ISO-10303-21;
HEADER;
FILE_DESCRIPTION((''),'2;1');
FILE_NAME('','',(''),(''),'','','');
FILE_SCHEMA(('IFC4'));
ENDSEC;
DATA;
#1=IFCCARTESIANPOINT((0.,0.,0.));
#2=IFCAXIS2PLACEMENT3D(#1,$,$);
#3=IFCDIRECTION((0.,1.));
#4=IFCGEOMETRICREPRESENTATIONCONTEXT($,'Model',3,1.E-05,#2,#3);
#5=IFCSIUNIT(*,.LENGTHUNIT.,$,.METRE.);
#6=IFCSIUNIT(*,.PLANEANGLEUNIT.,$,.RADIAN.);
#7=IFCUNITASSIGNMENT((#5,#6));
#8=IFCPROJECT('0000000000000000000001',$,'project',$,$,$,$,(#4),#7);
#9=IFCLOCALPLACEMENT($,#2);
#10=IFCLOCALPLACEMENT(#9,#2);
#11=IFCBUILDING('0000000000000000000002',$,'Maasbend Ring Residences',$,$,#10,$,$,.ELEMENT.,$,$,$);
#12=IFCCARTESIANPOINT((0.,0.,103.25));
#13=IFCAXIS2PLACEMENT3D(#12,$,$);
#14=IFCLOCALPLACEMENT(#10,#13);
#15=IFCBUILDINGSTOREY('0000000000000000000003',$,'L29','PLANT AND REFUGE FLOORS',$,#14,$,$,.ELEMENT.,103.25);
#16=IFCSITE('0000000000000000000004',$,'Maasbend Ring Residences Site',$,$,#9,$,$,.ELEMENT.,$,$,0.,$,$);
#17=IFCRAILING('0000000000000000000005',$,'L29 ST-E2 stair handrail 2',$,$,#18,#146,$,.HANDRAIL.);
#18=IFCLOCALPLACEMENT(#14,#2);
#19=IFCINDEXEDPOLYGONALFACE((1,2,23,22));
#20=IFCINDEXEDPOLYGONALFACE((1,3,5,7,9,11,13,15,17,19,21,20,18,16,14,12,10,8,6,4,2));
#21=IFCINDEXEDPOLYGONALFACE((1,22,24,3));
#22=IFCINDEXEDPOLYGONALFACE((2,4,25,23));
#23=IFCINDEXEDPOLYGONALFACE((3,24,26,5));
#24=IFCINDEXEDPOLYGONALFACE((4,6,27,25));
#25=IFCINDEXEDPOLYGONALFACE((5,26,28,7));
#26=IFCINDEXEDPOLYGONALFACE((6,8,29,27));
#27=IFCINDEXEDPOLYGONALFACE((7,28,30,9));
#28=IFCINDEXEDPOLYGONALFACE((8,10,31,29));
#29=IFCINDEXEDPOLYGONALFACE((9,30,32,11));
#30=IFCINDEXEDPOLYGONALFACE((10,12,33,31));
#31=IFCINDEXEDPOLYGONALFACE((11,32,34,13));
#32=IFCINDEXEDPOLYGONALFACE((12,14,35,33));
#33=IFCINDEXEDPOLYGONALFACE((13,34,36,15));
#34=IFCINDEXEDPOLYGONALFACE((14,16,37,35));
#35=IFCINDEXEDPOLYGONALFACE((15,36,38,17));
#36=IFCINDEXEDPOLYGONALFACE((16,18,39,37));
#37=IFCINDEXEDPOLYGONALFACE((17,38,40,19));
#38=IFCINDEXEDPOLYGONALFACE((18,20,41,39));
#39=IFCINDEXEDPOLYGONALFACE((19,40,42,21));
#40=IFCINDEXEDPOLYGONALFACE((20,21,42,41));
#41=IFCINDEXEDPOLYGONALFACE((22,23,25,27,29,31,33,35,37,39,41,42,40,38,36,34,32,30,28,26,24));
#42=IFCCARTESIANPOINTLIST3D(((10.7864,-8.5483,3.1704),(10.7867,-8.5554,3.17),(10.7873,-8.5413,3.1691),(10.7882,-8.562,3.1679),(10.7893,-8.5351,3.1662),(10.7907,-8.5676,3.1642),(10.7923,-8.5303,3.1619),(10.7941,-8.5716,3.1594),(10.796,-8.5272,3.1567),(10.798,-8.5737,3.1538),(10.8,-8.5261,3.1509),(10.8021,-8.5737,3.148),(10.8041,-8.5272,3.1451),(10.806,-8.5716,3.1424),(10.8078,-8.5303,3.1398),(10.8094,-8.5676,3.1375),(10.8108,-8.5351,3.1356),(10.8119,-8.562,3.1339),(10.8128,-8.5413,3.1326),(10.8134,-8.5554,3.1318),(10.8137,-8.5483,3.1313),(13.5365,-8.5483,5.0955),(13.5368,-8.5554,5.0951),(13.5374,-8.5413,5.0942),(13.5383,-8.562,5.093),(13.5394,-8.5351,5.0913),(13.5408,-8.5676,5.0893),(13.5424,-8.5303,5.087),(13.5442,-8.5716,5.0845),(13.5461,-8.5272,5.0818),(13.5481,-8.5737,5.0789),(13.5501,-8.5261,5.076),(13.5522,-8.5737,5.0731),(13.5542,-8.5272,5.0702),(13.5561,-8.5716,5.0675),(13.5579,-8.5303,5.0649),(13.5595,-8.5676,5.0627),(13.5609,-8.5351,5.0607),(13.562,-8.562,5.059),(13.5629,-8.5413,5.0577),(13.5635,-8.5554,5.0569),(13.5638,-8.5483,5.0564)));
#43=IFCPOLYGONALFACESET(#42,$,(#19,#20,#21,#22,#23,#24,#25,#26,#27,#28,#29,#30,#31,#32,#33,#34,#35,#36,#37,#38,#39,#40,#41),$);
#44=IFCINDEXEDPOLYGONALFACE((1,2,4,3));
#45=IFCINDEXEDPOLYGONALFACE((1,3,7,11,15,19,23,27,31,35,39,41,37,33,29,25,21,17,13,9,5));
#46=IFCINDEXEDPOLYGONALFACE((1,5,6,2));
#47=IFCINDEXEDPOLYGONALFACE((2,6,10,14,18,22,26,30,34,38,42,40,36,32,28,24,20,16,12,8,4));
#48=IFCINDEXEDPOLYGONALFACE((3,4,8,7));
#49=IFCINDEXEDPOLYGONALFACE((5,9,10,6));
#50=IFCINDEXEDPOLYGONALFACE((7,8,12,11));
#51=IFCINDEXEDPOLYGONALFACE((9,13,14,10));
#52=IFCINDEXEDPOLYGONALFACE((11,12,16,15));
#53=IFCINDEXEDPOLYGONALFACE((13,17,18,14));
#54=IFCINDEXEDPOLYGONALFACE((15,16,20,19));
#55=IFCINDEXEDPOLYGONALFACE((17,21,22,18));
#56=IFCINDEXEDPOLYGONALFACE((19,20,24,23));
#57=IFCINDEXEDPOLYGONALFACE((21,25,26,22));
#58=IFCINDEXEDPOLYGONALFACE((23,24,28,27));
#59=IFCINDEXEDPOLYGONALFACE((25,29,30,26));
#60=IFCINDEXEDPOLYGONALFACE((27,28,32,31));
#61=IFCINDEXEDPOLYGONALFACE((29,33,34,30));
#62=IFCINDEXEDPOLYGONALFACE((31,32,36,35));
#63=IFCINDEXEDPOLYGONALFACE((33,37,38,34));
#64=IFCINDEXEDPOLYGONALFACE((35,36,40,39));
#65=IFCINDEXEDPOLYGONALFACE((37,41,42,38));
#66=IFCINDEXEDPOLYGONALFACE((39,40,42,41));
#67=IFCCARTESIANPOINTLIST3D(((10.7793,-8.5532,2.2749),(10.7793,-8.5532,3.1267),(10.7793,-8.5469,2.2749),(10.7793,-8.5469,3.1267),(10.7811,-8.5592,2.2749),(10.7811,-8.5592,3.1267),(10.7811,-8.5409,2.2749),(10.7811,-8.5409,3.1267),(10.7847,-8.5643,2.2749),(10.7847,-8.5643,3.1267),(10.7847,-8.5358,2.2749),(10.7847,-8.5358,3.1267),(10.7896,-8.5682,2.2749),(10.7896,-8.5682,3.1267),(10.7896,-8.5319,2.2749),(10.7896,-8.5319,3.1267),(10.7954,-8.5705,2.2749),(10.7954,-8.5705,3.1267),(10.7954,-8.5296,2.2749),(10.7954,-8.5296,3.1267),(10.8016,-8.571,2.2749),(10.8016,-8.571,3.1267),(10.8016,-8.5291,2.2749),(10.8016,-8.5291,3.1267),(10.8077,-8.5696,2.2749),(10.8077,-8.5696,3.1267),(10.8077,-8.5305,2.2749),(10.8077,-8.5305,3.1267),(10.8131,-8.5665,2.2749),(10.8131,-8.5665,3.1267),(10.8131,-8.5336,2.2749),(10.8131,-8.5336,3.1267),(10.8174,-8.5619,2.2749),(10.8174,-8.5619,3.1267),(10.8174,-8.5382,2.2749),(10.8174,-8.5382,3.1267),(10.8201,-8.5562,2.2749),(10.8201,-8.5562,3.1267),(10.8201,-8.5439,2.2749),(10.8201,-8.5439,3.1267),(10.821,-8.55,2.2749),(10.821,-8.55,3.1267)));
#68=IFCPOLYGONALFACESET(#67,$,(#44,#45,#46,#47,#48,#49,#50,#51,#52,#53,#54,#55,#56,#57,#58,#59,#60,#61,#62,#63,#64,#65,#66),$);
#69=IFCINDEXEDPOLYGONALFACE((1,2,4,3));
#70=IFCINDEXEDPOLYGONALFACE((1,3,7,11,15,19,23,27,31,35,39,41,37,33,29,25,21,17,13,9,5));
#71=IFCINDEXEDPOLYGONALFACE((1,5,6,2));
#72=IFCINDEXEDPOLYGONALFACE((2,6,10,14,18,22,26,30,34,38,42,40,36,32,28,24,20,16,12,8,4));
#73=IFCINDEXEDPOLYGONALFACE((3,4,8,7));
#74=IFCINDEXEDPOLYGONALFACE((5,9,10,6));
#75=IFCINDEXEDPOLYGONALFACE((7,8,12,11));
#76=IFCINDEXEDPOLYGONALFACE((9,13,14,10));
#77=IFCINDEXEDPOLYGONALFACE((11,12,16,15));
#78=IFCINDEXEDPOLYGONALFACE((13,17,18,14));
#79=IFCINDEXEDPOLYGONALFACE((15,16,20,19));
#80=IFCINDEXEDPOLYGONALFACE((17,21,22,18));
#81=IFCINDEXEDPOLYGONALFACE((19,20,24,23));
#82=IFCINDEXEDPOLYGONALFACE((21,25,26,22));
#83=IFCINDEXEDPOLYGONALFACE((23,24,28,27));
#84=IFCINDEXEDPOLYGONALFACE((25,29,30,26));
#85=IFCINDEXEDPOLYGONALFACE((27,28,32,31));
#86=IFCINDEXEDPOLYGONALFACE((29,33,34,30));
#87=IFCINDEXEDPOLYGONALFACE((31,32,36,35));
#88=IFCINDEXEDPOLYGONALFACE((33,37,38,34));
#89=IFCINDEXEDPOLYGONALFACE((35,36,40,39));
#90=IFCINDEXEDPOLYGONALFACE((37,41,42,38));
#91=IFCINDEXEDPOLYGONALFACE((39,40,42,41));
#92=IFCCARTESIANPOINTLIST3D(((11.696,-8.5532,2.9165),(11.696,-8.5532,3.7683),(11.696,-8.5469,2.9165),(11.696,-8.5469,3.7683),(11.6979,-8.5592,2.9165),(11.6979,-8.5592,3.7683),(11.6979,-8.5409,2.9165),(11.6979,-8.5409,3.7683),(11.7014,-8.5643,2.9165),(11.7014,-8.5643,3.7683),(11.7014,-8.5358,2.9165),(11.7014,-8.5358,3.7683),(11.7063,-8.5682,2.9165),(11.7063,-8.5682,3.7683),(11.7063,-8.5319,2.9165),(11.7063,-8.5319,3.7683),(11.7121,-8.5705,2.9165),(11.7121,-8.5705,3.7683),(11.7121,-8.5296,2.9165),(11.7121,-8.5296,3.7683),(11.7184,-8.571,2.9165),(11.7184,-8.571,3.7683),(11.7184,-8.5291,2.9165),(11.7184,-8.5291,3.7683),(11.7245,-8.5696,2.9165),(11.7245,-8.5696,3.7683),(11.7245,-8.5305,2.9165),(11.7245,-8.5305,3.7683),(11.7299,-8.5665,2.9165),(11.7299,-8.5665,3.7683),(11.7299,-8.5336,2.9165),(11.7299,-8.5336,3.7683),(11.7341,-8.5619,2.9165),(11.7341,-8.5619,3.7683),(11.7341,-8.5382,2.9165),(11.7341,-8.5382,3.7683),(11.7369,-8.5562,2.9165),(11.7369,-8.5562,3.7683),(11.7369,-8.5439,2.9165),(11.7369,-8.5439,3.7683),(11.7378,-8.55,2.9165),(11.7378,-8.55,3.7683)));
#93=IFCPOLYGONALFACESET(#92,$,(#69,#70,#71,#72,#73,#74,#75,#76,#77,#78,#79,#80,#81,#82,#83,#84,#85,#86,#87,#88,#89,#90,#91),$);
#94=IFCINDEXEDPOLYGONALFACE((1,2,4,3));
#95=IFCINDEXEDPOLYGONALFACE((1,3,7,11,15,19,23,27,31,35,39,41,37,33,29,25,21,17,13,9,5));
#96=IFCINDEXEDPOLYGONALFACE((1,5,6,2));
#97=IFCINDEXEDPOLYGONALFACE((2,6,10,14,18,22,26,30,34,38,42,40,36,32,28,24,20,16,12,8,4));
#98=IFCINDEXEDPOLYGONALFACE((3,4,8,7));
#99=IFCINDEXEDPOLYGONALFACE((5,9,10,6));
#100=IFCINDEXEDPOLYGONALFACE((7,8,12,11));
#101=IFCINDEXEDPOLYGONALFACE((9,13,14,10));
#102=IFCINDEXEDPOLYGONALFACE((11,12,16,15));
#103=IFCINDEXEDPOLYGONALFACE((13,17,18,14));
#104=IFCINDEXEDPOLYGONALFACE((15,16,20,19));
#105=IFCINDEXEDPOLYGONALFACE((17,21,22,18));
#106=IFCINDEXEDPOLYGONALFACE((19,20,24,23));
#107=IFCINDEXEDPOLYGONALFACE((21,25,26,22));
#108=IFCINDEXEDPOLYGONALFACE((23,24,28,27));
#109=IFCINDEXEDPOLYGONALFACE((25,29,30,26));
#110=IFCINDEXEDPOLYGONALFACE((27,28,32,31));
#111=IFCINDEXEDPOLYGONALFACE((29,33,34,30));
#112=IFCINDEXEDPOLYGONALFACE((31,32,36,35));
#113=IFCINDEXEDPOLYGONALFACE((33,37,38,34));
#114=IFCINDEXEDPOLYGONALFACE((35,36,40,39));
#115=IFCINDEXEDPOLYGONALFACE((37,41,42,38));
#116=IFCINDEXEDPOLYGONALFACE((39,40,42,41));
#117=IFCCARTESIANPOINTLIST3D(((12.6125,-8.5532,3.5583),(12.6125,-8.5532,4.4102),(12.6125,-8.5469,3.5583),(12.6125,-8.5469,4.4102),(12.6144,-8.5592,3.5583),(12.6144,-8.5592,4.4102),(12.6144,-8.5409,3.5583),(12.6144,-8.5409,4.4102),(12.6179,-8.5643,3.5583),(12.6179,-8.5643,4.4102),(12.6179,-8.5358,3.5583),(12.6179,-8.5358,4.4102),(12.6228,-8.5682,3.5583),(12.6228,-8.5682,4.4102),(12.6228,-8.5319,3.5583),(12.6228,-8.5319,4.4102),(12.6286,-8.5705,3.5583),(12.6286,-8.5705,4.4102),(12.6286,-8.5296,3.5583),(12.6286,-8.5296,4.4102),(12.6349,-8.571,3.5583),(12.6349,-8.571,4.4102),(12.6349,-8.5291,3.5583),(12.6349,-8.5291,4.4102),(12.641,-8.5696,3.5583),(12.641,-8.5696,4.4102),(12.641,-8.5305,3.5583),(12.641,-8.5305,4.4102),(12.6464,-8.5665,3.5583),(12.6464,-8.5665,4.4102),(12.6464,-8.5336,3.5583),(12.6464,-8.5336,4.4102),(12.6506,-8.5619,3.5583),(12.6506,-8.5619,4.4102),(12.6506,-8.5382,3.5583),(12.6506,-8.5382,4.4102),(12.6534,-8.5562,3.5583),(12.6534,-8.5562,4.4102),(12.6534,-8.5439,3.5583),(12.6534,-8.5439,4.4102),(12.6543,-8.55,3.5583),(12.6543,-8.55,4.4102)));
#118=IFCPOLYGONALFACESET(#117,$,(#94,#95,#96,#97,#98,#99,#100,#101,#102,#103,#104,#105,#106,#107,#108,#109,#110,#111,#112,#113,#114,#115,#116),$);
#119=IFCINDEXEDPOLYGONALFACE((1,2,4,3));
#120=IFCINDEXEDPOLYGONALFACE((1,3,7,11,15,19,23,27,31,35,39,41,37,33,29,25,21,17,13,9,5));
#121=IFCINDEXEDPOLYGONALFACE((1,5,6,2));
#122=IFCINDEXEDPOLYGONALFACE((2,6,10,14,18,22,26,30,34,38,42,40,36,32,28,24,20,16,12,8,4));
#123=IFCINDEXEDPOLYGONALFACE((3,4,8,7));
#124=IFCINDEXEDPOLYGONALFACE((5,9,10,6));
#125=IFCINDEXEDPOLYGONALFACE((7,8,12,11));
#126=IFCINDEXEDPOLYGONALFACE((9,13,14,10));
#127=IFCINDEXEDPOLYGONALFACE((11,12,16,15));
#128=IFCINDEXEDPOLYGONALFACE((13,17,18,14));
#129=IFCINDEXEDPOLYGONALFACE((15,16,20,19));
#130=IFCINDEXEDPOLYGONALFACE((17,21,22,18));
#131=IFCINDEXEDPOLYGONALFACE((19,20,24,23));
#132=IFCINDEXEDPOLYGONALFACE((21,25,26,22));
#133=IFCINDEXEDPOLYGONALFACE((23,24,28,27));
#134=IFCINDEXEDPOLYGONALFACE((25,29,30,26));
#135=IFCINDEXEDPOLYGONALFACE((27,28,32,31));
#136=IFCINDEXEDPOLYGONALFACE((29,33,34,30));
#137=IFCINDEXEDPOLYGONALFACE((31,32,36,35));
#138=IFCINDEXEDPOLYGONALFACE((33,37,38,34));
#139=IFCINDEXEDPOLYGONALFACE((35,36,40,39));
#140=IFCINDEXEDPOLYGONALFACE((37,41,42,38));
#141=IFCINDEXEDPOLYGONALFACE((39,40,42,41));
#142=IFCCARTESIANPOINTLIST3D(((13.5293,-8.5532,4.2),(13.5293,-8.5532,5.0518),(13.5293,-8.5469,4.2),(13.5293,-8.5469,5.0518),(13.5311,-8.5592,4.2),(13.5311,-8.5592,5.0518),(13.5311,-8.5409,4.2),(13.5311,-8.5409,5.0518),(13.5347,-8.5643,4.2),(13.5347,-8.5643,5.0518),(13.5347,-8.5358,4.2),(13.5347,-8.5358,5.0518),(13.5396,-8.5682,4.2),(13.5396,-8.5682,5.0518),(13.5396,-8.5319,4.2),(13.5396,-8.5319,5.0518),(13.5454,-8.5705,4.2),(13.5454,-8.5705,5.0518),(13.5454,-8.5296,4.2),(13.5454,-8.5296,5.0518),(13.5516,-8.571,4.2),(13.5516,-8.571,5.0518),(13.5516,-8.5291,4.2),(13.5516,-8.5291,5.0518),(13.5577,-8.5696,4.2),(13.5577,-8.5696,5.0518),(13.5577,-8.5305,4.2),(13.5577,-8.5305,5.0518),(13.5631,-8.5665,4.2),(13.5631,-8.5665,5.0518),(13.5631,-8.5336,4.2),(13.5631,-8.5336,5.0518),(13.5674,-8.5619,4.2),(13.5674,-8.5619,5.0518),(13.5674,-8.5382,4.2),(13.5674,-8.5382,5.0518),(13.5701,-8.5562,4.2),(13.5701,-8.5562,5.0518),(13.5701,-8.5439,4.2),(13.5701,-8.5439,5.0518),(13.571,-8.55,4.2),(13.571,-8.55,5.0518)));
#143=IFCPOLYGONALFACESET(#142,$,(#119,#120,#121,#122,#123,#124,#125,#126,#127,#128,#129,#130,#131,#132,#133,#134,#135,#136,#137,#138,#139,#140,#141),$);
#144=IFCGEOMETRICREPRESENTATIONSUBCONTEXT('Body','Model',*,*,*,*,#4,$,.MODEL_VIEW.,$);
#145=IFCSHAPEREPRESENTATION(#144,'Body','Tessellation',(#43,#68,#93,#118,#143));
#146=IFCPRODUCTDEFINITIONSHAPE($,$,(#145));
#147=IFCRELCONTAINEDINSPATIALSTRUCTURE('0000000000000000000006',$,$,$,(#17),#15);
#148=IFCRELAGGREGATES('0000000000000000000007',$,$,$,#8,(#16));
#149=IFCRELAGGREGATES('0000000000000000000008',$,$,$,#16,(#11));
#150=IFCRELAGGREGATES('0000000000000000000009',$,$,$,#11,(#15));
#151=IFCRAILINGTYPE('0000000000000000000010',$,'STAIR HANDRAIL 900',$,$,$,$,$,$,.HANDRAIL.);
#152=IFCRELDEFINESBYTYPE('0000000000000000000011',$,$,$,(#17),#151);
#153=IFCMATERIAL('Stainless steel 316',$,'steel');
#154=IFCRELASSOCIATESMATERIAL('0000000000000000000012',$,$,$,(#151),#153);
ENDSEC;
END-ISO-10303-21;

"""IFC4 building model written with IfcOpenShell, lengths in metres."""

from ifc_helpers import new_model, si_unit, direction, frame, origin, origin_2d, place, context, subcontext, project, spatial, circle, extrude, material, type_object, element, save


model = new_model("IFC4")

# Units and contexts
model_context = context("Model", 3, precision=1e-05, world=origin(), true_north=direction((0.0, 1.0)))
body_context = subcontext(model_context, "Body", "Model", "MODEL_VIEW")
ifc_project = project(units=[si_unit("LENGTHUNIT", "METRE"), si_unit("PLANEANGLEUNIT", "RADIAN")], contexts=[model_context])

# Site, building, storey
site_placement = place(None, origin())
site = spatial("IfcSite", under=ifc_project, at=site_placement, Name="Maasbend Ring Residences Site", CompositionType="ELEMENT", RefElevation=0.0)
building_placement = place(site_placement, origin())
building = spatial("IfcBuilding", under=site, at=building_placement, Name="Maasbend Ring Residences", CompositionType="ELEMENT")
storey_placement = place(building_placement, frame((0.0, 0.0, 103.25)))
storey = spatial("IfcBuildingStorey", under=building, at=storey_placement, Name="L29", Description="PLANT AND REFUGE FLOORS", CompositionType="ELEMENT", Elevation=103.25)

# Railing
ifc_material_1 = material(Name="Stainless steel 316", Category="steel")
railing_type_1 = type_object("IfcRailingType", Name="STAIR HANDRAIL 900", PredefinedType="HANDRAIL", material=ifc_material_1)
railing_1_placement = place(storey_placement, frame((10.8, -8.55, 2.2749)))
element("IfcRailing", 1, at=railing_1_placement, inside=storey, type_object=railing_type_1, Name="L29 ST-E2 stair handrail 2", PredefinedType="HANDRAIL", context=body_context, shape_type="SweptSolid", body=[
    extrude(circle(Radius=0.0239, at=origin_2d()), frame((0.0, 0.0, 0.876), z_axis=(0.819225, 0.0, 0.573472), x_axis=(0.0, 1.0, 0.0)), (0.0, 0.0, 1.0), 3.3569),
    extrude(circle(Radius=0.021, at=origin_2d()), origin(), (0.0, 0.0, 1.0), 0.8518),
    extrude(circle(Radius=0.021, at=origin_2d()), frame((0.9167, 0.0, 0.6416)), (0.0, 0.0, 1.0), 0.8518),
    extrude(circle(Radius=0.021, at=origin_2d()), frame((1.8333, 0.0, 1.2834)), (0.0, 0.0, 1.0), 0.8518),
    extrude(circle(Radius=0.021, at=origin_2d()), frame((2.75, 0.0, 1.925)), (0.0, 0.0, 1.0), 0.8518),
])

save(model, "model.ifc")
